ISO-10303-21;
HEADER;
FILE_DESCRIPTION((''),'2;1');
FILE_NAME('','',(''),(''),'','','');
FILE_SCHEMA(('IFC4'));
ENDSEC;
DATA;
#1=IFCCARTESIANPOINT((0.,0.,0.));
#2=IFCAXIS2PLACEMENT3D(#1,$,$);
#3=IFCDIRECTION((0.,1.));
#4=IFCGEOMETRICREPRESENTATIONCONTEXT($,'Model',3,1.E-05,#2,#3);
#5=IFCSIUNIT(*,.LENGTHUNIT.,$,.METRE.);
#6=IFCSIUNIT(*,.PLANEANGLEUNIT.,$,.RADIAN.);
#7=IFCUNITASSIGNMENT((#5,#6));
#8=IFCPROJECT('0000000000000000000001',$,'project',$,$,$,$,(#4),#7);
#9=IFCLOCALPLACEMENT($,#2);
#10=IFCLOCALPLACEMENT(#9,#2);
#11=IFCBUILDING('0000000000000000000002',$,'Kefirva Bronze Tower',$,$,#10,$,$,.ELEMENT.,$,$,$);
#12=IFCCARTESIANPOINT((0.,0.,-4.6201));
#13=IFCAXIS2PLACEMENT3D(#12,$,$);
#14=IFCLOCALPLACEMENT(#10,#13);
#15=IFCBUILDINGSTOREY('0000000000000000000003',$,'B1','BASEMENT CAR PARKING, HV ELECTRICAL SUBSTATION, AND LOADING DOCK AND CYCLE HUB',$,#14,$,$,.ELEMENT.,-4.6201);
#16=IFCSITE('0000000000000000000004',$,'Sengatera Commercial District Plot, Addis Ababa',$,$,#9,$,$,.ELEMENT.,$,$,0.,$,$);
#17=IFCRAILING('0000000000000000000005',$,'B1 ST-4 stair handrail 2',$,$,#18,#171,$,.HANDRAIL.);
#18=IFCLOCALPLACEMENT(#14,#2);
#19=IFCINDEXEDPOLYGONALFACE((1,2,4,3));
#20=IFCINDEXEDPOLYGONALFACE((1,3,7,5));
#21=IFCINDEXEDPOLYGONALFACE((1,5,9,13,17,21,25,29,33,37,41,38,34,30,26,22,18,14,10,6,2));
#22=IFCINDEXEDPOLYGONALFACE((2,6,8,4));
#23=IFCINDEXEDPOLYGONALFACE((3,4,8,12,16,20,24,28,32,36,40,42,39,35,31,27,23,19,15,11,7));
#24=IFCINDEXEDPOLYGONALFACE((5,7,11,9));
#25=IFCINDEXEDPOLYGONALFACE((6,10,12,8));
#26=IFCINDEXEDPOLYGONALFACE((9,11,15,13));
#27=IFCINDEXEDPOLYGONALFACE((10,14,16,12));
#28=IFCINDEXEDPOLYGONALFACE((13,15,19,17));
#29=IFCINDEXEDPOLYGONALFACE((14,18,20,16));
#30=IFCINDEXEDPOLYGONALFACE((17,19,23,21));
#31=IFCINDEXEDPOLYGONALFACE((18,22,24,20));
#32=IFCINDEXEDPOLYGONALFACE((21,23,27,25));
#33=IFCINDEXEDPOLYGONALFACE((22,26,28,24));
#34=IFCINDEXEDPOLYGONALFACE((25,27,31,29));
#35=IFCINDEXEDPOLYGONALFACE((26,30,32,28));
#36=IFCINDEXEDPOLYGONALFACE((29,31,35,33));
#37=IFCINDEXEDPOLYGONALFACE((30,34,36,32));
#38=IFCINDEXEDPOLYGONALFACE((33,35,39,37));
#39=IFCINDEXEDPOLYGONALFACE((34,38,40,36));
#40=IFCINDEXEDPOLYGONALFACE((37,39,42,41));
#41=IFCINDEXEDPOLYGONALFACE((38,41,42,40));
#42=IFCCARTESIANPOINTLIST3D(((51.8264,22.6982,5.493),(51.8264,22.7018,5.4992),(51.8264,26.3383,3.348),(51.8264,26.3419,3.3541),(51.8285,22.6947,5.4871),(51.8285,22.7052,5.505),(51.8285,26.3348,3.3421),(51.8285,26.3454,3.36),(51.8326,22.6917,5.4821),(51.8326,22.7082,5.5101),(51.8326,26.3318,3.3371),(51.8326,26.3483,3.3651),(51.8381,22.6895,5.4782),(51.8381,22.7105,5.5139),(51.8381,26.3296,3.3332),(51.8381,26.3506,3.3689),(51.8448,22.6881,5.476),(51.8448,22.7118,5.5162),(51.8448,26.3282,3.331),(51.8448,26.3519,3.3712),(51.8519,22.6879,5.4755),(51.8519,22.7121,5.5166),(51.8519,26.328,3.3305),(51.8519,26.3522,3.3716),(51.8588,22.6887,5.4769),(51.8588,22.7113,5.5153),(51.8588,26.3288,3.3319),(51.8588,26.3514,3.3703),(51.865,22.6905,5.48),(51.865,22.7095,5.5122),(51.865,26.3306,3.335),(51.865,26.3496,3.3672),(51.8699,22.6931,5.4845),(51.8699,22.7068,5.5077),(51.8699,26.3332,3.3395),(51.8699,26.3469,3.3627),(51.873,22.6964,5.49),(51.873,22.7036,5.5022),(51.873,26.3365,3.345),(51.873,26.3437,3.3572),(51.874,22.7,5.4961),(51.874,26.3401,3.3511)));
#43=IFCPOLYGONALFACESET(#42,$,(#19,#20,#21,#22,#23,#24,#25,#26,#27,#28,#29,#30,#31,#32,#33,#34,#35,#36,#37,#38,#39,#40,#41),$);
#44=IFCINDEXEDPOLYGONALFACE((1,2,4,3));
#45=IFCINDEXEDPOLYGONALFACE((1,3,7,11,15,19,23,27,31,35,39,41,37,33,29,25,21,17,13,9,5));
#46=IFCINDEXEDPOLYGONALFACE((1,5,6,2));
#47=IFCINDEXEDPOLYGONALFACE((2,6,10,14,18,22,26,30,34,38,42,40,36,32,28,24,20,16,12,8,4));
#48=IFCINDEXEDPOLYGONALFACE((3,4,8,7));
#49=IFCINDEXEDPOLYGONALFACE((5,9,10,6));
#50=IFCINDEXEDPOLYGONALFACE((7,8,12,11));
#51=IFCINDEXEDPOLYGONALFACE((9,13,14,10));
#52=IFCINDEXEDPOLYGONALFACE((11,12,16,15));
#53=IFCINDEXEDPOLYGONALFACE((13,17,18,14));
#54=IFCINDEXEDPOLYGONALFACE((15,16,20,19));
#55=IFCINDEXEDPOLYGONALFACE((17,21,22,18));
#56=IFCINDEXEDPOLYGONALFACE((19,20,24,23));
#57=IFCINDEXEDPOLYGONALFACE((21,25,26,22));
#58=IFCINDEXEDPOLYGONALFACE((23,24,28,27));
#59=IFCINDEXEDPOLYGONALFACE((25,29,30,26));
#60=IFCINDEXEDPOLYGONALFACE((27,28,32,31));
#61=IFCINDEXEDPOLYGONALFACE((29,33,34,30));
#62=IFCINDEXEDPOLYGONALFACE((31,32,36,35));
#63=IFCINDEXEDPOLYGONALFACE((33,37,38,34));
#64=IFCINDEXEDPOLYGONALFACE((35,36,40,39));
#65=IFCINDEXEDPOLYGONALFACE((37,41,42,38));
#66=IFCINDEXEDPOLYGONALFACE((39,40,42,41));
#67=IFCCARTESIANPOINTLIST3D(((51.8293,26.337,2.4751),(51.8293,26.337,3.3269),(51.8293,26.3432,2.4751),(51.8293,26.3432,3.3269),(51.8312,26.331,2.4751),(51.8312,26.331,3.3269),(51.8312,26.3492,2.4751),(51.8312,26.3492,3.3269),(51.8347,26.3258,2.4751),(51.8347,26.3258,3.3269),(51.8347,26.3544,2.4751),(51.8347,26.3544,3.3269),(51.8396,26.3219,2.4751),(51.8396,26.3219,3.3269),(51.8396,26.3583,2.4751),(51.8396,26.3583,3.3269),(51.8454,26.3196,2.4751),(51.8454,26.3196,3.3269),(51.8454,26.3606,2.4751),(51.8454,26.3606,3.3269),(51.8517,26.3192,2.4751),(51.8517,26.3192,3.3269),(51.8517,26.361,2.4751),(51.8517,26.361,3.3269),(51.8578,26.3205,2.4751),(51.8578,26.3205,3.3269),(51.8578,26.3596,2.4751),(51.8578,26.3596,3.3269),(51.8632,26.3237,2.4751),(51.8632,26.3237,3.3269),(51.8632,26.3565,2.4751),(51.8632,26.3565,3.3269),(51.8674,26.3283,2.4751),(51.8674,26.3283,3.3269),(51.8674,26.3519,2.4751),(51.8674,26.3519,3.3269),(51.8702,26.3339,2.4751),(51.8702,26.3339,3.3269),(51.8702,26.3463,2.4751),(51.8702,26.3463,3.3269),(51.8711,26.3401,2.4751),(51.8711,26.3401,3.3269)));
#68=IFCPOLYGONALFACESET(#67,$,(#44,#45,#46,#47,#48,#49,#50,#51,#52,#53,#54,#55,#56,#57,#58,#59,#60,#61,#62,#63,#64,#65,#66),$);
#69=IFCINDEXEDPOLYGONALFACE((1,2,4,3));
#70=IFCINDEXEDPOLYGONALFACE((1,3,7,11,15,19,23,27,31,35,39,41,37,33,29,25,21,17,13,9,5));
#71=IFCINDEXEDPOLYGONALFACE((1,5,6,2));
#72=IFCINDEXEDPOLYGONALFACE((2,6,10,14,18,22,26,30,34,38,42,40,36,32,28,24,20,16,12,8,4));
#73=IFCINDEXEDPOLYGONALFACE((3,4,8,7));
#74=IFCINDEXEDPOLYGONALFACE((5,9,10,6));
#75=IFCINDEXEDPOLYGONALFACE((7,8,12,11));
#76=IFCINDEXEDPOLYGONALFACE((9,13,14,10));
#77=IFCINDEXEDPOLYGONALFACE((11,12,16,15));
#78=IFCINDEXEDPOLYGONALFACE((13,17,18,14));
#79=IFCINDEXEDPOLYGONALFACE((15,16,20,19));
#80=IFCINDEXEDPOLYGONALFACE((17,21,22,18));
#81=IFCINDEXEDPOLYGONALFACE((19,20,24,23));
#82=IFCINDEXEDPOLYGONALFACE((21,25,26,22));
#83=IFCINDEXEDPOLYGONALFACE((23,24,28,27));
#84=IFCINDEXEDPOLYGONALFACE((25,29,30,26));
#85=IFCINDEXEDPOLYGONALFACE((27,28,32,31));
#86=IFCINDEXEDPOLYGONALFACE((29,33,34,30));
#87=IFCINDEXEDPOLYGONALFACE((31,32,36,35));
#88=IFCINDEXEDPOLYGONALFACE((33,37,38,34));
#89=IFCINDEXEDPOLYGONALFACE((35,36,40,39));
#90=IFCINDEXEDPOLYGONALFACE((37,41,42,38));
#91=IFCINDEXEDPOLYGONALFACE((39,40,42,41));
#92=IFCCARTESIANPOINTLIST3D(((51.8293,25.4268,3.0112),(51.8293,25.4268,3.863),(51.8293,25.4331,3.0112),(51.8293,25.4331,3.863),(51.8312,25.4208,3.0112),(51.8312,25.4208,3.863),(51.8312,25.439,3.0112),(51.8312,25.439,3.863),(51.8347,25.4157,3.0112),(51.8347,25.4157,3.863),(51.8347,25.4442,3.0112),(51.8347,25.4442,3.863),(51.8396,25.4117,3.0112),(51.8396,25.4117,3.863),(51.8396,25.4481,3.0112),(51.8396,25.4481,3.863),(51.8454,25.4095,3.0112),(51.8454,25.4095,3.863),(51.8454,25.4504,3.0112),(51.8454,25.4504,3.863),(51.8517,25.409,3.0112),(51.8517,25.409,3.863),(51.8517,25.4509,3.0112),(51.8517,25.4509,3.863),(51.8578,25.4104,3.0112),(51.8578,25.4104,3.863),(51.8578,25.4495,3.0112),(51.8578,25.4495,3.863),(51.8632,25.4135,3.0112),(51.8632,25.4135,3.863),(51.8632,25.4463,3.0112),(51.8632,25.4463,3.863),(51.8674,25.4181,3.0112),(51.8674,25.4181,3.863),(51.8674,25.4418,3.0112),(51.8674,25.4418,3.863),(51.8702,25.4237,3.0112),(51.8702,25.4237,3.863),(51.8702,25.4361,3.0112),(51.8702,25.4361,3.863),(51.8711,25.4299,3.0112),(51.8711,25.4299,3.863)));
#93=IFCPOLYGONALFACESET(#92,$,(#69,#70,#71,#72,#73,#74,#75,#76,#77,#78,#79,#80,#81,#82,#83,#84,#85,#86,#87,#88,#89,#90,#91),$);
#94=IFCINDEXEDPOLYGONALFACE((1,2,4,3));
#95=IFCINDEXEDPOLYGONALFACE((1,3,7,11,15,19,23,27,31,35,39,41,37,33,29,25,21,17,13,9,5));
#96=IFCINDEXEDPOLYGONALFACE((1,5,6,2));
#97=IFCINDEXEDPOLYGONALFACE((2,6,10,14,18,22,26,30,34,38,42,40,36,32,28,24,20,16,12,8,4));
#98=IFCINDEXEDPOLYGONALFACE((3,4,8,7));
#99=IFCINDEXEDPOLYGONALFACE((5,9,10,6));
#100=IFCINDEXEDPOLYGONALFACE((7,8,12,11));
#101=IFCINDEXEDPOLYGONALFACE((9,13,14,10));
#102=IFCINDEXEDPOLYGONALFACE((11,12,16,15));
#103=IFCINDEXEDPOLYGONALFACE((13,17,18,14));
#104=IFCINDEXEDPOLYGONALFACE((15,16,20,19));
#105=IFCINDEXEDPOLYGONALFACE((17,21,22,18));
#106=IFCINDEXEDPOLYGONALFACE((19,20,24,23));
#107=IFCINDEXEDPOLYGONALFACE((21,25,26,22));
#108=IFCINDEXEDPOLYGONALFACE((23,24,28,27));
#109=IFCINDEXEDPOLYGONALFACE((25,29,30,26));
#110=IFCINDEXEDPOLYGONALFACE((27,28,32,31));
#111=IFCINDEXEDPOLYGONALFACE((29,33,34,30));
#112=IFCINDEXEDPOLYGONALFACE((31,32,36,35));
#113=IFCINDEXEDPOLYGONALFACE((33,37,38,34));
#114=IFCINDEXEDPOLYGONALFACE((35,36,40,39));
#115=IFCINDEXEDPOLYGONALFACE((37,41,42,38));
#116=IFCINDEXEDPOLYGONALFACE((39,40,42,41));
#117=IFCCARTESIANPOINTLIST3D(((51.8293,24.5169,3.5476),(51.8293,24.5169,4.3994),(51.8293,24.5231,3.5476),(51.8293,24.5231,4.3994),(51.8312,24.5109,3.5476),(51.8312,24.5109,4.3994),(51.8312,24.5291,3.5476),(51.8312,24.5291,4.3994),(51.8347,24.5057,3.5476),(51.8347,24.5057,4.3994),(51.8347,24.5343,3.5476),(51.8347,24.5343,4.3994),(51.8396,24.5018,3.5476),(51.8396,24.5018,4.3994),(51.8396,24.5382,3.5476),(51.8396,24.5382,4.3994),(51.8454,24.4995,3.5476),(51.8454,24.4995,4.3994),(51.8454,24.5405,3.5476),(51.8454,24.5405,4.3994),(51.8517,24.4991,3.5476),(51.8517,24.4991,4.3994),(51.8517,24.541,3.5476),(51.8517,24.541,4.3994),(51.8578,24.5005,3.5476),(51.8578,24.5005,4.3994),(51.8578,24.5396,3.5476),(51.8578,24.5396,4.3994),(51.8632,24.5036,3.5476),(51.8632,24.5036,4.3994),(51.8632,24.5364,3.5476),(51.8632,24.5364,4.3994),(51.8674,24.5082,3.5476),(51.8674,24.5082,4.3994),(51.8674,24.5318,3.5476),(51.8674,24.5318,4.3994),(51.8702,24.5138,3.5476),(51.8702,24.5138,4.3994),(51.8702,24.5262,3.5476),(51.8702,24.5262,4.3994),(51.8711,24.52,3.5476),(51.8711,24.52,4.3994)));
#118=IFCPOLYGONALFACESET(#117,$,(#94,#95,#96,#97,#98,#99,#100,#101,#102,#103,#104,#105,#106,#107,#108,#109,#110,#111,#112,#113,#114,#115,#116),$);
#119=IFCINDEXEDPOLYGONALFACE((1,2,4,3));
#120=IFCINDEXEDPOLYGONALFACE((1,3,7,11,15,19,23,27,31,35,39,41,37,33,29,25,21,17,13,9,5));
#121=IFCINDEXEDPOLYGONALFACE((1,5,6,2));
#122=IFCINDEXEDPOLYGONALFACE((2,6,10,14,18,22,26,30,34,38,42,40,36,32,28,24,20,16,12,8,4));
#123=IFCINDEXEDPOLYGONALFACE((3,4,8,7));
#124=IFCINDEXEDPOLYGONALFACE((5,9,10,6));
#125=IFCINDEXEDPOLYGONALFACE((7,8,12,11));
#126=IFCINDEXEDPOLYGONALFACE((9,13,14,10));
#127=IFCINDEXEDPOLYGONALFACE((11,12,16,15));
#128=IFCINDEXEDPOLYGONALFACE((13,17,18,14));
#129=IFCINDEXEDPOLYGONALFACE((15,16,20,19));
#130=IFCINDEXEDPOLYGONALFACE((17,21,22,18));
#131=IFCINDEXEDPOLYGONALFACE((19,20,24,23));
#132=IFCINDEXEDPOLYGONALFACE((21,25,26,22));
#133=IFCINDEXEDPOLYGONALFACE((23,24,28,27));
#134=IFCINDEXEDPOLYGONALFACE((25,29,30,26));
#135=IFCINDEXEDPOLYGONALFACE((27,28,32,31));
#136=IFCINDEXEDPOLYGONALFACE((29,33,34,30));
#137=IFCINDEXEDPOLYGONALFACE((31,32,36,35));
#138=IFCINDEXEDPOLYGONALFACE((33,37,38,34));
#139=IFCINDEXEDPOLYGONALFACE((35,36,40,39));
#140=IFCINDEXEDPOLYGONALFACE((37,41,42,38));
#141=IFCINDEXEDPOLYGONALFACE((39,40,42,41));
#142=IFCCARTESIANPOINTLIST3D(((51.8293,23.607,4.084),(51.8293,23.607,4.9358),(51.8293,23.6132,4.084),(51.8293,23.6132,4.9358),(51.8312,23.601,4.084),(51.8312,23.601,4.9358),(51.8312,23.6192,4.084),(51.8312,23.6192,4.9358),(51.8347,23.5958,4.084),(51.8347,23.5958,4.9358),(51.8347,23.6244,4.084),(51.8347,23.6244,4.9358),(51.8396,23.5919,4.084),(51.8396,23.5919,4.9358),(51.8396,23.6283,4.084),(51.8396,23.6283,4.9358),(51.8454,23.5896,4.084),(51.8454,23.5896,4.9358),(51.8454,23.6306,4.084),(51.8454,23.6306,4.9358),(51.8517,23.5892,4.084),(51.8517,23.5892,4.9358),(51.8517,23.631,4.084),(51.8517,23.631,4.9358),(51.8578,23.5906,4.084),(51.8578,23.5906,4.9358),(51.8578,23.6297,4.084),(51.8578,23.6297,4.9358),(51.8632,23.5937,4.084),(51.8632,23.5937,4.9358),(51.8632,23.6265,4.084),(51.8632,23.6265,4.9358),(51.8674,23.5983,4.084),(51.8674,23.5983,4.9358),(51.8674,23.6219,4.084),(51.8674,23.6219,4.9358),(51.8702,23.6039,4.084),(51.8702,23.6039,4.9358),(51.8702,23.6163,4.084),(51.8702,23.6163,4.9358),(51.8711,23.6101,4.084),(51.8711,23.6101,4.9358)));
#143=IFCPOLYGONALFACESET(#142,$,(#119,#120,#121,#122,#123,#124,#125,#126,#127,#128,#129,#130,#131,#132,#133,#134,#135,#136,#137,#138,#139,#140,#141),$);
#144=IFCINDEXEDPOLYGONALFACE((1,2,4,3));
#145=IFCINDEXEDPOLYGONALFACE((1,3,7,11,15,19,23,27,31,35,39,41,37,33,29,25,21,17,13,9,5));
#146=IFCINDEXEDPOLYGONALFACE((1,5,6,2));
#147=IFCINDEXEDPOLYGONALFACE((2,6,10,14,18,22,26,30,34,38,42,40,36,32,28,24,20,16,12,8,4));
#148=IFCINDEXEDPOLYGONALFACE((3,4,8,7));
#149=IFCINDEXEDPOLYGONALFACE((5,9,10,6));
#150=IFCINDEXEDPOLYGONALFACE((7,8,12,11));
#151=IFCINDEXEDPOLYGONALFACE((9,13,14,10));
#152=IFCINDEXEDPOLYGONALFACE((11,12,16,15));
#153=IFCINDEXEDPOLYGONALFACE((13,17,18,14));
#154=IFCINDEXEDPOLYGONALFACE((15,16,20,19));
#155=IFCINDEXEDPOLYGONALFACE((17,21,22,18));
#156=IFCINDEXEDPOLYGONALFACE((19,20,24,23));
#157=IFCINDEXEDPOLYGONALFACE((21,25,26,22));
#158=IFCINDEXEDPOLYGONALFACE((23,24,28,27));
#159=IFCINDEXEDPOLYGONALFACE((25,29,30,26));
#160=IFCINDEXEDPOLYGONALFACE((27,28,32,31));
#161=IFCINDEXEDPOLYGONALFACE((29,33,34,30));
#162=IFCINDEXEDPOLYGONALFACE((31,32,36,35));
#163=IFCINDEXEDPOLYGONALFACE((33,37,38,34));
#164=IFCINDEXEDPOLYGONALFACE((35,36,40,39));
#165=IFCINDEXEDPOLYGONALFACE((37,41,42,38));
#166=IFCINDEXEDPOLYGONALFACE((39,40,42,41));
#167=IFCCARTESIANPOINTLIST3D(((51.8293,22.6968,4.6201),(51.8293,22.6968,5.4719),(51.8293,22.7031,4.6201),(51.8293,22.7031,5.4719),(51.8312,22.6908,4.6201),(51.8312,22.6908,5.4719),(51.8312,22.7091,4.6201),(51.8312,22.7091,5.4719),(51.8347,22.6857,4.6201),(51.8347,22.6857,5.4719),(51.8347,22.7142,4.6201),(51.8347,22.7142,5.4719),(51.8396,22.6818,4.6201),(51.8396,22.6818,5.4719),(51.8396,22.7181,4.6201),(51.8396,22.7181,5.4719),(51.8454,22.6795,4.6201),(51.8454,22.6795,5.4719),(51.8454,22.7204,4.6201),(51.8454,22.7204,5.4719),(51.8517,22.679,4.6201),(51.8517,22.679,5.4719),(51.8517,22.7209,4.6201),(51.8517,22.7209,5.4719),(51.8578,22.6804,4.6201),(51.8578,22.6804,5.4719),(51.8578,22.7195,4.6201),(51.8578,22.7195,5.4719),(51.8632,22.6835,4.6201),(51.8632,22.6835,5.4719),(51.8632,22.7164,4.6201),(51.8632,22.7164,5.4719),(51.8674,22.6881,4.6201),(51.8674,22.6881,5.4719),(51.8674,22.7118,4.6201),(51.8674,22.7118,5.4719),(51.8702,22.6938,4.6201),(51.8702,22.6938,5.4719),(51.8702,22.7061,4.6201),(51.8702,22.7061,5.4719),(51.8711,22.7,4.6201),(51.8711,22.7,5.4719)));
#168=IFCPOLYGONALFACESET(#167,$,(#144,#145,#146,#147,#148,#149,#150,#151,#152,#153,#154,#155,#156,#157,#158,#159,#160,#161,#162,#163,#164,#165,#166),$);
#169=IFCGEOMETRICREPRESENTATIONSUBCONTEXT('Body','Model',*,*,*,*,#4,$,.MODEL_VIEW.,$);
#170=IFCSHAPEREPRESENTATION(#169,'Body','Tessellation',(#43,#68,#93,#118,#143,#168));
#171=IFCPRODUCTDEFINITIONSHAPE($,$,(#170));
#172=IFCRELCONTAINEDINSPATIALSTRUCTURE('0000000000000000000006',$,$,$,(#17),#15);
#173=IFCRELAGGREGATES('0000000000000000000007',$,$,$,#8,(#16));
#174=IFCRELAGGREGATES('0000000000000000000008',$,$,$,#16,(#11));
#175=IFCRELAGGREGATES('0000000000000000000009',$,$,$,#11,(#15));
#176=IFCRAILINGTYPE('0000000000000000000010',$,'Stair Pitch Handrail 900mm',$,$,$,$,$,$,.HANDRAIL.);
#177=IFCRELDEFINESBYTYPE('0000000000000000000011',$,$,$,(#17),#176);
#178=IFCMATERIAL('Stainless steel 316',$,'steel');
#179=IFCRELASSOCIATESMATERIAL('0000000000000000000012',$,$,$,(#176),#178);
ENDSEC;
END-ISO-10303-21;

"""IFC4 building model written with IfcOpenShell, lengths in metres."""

from ifc_helpers import new_model, si_unit, direction, frame, origin, origin_2d, place, context, subcontext, project, spatial, circle, extrude, material, type_object, element, save


model = new_model("IFC4")

# Units and contexts
model_context = context("Model", 3, precision=1e-05, world=origin(), true_north=direction((0.0, 1.0)))
body_context = subcontext(model_context, "Body", "Model", "MODEL_VIEW")
ifc_project = project(units=[si_unit("LENGTHUNIT", "METRE"), si_unit("PLANEANGLEUNIT", "RADIAN")], contexts=[model_context])

# Site, building, storey
site_placement = place(None, origin())
site = spatial("IfcSite", under=ifc_project, at=site_placement, Name="Sengatera Commercial District Plot, Addis Ababa", CompositionType="ELEMENT", RefElevation=0.0)
building_placement = place(site_placement, origin())
building = spatial("IfcBuilding", under=site, at=building_placement, Name="Kefirva Bronze Tower", CompositionType="ELEMENT")
storey_placement = place(building_placement, frame((0.0, 0.0, -4.6201)))
storey = spatial("IfcBuildingStorey", under=building, at=storey_placement, Name="B1", Description="BASEMENT CAR PARKING, HV ELECTRICAL SUBSTATION, AND LOADING DOCK AND CYCLE HUB", CompositionType="ELEMENT", Elevation=-4.6201)

# Railing
ifc_material_1 = material(Name="Stainless steel 316", Category="steel")
railing_type_1 = type_object("IfcRailingType", Name="Stair Pitch Handrail 900mm", PredefinedType="HANDRAIL", material=ifc_material_1)
railing_1_placement = place(storey_placement, frame((51.8501, 26.3401, 2.4751)))
element("IfcRailing", 1, at=railing_1_placement, inside=storey, type_object=railing_type_1, Name="B1 ST-4 stair handrail 2", PredefinedType="HANDRAIL", context=body_context, shape_type="SweptSolid", body=[
    extrude(circle(Radius=0.0239, at=origin_2d()), frame((0.0, 0.0, 0.876), z_axis=(0.0, -0.861545, 0.507682), x_axis=(1.0, 0.0, 0.0)), (0.0, 0.0, 1.0), 4.2251),
    extrude(circle(Radius=0.021, at=origin_2d()), origin(), (0.0, 0.0, 1.0), 0.8518),
    extrude(circle(Radius=0.021, at=origin_2d()), frame((0.0, -0.9102, 0.5361)), (0.0, 0.0, 1.0), 0.8518),
    extrude(circle(Radius=0.021, at=origin_2d()), frame((0.0, -1.8201, 1.0725)), (0.0, 0.0, 1.0), 0.8518),
    extrude(circle(Radius=0.021, at=origin_2d()), frame((0.0, -2.73, 1.6089)), (0.0, 0.0, 1.0), 0.8518),
    extrude(circle(Radius=0.021, at=origin_2d()), frame((0.0, -3.6401, 2.145)), (0.0, 0.0, 1.0), 0.8518),
])

save(model, "model.ifc")
